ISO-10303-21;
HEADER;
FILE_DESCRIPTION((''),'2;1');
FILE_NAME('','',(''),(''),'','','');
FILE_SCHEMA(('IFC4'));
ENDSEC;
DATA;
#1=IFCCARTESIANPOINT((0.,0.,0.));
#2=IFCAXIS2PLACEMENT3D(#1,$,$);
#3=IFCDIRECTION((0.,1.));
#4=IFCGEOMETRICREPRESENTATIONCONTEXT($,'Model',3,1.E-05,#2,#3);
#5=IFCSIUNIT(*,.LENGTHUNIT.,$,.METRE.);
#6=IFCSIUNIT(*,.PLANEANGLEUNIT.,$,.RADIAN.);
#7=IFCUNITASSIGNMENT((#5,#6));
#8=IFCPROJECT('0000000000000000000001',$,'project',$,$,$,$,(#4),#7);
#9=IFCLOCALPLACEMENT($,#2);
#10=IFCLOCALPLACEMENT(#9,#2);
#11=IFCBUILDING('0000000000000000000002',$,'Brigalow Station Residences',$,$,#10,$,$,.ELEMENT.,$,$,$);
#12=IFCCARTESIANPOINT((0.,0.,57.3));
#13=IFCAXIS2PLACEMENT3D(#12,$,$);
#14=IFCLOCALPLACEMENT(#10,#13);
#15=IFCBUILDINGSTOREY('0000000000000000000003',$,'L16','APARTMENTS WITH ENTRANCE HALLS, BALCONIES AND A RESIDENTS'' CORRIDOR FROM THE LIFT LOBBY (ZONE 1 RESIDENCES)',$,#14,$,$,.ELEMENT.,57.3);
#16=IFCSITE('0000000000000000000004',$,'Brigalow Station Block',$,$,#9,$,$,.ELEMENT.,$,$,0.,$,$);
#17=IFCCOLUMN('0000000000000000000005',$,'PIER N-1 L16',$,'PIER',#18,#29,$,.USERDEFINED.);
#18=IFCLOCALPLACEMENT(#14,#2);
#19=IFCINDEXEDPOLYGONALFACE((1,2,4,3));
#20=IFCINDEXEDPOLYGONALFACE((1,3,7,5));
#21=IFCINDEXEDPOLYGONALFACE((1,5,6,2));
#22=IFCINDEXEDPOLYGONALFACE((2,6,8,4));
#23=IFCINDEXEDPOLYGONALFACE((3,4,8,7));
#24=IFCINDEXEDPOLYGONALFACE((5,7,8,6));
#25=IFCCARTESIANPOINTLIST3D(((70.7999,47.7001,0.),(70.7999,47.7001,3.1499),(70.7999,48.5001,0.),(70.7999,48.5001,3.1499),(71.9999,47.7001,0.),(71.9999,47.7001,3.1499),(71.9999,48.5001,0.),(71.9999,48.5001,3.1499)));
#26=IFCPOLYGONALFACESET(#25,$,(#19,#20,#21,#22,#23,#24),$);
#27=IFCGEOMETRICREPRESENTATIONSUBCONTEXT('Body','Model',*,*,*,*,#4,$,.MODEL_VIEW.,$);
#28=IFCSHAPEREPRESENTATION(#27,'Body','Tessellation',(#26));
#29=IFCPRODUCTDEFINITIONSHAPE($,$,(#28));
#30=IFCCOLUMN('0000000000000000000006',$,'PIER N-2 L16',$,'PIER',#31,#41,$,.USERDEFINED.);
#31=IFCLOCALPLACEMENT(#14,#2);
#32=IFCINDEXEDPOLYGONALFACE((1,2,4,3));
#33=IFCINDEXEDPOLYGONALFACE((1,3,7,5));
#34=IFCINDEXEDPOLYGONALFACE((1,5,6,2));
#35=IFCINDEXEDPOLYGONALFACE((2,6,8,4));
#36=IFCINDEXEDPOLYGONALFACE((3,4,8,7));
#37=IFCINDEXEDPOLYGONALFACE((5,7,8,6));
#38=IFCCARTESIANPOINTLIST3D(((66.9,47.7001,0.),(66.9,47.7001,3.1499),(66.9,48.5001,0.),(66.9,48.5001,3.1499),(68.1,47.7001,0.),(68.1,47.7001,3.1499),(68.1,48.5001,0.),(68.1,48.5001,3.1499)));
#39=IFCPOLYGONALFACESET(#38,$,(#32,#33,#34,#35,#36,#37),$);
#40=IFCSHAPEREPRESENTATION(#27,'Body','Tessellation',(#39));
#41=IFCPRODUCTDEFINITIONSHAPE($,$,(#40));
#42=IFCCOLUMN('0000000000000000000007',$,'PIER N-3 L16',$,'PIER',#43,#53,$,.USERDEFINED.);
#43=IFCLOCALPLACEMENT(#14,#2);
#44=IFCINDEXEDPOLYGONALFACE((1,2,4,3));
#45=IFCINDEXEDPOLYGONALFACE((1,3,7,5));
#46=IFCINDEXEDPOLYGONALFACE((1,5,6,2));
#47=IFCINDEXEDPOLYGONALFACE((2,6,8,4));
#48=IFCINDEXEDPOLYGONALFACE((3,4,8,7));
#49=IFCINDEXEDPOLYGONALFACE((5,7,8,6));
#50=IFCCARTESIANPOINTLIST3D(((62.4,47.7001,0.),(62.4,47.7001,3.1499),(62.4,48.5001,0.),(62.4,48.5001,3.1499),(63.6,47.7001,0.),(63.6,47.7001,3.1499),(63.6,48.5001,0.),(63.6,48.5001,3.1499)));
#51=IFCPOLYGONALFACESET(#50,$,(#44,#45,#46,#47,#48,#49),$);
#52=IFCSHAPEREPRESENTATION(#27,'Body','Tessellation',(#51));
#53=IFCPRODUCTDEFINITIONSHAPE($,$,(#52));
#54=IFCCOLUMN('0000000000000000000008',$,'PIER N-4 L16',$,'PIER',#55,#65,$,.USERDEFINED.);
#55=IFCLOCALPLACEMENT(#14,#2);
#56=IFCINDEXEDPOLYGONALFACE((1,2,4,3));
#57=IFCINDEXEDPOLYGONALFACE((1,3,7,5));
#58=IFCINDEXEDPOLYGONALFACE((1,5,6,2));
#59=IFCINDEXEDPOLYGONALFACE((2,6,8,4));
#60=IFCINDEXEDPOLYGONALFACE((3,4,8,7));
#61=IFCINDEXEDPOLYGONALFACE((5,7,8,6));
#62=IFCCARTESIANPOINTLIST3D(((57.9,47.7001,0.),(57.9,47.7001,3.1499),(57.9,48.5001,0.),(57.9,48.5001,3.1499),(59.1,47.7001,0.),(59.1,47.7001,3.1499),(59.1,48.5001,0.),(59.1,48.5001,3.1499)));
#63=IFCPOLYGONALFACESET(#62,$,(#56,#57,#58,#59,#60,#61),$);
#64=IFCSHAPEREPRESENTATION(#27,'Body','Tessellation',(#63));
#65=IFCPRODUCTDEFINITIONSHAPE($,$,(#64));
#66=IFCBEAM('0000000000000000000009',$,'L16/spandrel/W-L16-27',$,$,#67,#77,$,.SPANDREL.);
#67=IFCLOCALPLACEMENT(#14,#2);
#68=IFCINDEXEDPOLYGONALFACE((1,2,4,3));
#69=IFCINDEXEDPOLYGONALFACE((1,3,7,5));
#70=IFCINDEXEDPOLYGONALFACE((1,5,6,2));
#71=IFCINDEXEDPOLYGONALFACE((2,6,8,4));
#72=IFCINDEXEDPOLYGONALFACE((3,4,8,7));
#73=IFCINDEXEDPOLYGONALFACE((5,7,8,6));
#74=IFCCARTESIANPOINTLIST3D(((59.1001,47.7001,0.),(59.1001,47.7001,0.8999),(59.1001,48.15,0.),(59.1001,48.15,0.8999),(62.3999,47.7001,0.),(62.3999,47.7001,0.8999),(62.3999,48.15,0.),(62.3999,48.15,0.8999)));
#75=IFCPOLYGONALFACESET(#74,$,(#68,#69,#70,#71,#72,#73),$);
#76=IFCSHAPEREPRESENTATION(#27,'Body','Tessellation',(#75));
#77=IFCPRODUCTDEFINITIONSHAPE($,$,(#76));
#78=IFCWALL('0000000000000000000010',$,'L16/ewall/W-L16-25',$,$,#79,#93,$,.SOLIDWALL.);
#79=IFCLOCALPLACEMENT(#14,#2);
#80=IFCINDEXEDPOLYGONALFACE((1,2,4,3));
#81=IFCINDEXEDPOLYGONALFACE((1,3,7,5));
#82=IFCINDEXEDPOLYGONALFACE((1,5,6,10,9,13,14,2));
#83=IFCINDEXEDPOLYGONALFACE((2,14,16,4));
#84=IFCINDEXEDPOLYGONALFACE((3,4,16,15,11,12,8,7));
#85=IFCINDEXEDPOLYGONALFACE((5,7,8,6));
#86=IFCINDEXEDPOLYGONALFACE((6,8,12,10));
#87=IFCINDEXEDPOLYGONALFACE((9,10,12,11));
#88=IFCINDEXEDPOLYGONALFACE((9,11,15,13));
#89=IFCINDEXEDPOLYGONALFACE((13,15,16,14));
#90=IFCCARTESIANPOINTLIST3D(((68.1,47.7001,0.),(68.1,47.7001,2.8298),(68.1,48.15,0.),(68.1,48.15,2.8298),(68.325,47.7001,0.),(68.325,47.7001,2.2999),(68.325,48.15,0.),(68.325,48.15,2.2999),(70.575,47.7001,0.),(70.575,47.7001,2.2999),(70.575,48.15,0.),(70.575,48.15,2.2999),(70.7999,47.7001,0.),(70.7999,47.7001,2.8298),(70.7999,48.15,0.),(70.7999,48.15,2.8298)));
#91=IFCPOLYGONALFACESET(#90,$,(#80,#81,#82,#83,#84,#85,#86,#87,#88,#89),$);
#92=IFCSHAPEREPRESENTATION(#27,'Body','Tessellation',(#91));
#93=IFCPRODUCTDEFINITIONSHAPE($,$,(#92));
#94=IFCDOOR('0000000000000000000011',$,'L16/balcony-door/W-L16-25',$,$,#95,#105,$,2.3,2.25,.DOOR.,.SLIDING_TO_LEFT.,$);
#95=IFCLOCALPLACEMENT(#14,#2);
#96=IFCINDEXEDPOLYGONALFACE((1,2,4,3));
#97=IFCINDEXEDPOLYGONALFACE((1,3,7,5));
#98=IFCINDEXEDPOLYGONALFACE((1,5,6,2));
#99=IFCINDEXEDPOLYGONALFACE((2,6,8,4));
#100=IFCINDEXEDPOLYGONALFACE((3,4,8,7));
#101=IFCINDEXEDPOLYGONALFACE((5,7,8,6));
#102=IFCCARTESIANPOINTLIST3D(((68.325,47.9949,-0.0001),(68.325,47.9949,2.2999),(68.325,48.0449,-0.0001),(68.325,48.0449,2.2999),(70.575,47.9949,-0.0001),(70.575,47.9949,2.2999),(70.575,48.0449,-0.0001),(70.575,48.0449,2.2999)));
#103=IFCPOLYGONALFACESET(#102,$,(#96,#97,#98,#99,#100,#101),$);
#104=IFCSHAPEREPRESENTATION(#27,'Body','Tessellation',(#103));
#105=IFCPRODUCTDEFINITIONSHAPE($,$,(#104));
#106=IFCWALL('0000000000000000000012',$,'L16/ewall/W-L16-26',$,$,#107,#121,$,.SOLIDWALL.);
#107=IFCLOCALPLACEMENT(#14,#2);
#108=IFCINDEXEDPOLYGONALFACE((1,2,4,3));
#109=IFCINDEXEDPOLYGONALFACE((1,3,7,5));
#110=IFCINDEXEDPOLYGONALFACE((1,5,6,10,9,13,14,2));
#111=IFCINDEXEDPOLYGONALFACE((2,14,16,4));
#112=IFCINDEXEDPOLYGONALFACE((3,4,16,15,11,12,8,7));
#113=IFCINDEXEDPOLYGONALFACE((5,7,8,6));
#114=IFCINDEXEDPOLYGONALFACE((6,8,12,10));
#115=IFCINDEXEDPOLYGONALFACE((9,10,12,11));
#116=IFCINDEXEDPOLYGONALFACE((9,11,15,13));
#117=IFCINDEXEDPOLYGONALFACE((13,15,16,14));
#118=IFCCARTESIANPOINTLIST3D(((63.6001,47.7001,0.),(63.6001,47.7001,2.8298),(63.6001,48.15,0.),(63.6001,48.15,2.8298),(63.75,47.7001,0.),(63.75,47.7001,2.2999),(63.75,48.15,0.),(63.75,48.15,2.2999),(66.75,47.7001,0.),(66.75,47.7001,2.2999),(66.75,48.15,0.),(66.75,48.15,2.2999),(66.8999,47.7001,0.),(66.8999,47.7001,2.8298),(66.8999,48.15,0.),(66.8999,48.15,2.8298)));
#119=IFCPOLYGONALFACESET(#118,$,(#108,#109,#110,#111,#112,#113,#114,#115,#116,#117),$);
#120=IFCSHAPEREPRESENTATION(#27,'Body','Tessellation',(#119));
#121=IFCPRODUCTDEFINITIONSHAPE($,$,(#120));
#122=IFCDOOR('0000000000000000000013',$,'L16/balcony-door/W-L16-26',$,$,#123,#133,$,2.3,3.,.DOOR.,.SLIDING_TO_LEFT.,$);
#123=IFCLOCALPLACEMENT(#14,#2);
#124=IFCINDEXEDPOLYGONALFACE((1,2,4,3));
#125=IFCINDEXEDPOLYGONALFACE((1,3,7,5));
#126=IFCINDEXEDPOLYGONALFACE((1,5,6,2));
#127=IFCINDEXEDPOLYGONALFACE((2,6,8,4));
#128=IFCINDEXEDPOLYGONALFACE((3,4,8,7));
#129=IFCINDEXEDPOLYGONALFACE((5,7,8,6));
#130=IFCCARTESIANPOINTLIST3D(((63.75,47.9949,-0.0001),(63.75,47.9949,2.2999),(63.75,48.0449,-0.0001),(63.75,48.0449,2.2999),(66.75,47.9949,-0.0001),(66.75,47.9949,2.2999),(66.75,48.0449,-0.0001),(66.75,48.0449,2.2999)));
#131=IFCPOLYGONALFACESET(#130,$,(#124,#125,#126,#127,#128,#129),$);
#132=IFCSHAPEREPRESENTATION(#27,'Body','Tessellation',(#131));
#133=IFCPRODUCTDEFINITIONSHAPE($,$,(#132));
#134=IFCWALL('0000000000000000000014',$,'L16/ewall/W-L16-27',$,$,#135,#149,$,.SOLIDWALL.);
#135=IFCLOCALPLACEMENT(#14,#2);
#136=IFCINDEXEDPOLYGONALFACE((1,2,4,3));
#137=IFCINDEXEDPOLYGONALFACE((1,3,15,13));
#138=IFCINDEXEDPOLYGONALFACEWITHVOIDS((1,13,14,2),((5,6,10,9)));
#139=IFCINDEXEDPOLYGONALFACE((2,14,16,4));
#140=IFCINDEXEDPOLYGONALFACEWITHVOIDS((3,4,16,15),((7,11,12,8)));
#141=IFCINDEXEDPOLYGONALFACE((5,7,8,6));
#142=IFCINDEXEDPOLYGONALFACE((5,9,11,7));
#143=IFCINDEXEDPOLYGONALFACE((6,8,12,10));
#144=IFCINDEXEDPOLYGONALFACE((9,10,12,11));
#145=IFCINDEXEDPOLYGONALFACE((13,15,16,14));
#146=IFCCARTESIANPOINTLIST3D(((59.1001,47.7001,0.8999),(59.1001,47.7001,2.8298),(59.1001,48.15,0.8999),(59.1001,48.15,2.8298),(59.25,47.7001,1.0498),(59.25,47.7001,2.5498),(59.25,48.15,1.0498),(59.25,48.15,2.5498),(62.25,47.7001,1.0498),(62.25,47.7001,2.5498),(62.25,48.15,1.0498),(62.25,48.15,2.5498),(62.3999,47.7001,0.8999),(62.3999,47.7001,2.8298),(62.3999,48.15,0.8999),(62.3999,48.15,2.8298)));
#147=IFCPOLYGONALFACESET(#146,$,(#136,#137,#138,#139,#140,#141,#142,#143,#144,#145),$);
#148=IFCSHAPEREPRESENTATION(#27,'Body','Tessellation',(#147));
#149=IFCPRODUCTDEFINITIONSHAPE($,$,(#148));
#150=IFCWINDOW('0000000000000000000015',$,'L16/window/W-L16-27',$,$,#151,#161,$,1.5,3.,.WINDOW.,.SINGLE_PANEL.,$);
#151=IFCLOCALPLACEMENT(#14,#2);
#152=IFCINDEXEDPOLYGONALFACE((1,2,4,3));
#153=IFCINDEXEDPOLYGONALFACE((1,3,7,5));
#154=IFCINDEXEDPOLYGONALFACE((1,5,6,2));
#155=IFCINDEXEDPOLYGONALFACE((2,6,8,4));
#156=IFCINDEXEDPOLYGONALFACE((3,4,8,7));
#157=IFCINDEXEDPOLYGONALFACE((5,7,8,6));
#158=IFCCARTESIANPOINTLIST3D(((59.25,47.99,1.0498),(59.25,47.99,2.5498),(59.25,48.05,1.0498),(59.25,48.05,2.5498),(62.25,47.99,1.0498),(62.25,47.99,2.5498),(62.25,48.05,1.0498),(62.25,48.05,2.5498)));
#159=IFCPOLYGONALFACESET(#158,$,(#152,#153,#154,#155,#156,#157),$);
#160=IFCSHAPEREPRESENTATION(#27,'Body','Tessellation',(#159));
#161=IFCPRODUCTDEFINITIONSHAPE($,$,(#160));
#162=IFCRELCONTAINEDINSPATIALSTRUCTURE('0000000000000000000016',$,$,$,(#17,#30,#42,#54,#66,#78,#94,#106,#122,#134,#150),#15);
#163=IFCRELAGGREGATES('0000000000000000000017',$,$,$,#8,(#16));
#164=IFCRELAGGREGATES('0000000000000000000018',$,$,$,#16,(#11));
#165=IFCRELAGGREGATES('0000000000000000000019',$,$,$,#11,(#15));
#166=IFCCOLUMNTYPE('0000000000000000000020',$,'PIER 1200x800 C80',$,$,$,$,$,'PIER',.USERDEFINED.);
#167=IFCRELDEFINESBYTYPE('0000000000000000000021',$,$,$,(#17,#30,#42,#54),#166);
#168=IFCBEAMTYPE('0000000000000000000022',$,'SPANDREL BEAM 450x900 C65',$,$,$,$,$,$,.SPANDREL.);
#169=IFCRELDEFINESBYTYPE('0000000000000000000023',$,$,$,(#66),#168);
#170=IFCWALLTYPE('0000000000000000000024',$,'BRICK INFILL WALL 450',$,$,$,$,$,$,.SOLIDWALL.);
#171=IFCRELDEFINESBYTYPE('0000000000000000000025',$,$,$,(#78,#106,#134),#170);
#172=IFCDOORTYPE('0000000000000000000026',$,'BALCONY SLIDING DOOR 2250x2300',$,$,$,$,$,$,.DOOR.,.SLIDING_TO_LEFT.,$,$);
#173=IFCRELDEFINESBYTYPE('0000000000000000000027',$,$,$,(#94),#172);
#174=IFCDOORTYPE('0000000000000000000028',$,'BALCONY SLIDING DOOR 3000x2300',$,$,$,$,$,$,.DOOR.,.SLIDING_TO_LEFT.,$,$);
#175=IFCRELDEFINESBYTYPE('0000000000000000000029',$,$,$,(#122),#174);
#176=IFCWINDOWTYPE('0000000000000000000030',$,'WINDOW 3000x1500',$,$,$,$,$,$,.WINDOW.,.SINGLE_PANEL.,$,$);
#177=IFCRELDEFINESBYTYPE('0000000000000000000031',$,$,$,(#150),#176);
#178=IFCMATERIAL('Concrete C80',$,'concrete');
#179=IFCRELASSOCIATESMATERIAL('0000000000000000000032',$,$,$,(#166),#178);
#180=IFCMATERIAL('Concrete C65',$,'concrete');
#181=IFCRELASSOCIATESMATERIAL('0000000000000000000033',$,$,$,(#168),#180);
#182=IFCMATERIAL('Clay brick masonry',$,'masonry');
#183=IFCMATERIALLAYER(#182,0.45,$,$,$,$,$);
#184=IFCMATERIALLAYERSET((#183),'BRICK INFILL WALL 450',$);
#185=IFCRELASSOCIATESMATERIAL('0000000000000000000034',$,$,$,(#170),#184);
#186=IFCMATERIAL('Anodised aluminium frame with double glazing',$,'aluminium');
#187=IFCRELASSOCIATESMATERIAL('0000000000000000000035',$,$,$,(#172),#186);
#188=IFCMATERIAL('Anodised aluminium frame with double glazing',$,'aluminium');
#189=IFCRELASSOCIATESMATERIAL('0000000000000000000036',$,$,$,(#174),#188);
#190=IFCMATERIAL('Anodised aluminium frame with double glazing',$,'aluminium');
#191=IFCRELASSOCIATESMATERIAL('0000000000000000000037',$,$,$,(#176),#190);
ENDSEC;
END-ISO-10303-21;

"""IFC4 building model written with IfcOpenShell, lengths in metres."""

from ifc_helpers import new_model, si_unit, direction, frame, frame_2d, origin, origin_2d, place, context, subcontext, project, spatial, rectangle, extrude, material, layer, layer_set, material_profile, profile_set, type_object, element, fill, save


model = new_model("IFC4")

# Units and contexts
model_context = context("Model", 3, precision=1e-05, world=origin(), true_north=direction((0.0, 1.0)))
body_context = subcontext(model_context, "Body", "Model", "MODEL_VIEW")
ifc_project = project(units=[si_unit("LENGTHUNIT", "METRE"), si_unit("PLANEANGLEUNIT", "RADIAN")], contexts=[model_context])

# Site, building, storey
site_placement = place(None, origin())
site = spatial("IfcSite", under=ifc_project, at=site_placement, Name="Brigalow Station Block", CompositionType="ELEMENT", RefElevation=0.0)
building_placement = place(site_placement, origin())
building = spatial("IfcBuilding", under=site, at=building_placement, Name="Brigalow Station Residences", CompositionType="ELEMENT")
storey_placement = place(building_placement, frame((0.0, 0.0, 57.3)))
storey = spatial("IfcBuildingStorey", under=building, at=storey_placement, Name="L16", Description="APARTMENTS WITH ENTRANCE HALLS, BALCONIES AND A RESIDENTS' CORRIDOR FROM THE LIFT LOBBY (ZONE 1 RESIDENCES)", CompositionType="ELEMENT", Elevation=57.3)

# Columns
ifc_material_1 = material(Name="Concrete C80", Category="concrete")
ifc_material_profile_1 = material_profile(ifc_material_1, rectangle(XDim=1.2, YDim=0.8, at=origin_2d()), Name="RC1200x800")
ifc_profile_set_1 = profile_set([ifc_material_profile_1], Name="Concrete C80")
column_type = type_object("IfcColumnType", Name="PIER 1200x800 C80", ElementType="PIER", PredefinedType="USERDEFINED", material=ifc_profile_set_1)
for number, where, z_axis, x_axis, name in (
    (1, (71.3999, 48.1001, 0.0), (0.0, 0.0, 1.0), (-1.0, 0.0, 0.0), "PIER N-1 L16"),
    (2, (67.5, 48.1001, 0.0), (0.0, 0.0, 1.0), (-1.0, 0.0, 0.0), "PIER N-2 L16"),
    (3, (63.0, 48.1001, 0.0), (0.0, 0.0, 1.0), (-1.0, 0.0, 0.0), "PIER N-3 L16"),
    (4, (58.5, 48.1001, 0.0), (0.0, 0.0, 1.0), (-1.0, 0.0, 0.0), "PIER N-4 L16"),
):
    element("IfcColumn", number, at=place(storey_placement, frame(where, z_axis=z_axis, x_axis=x_axis)), inside=storey, type_object=column_type, Name=name, ObjectType="PIER", PredefinedType="USERDEFINED", context=body_context, shape_type="SweptSolid", body=[
        extrude(rectangle(XDim=1.2, YDim=0.8, at=origin_2d()), origin(), (0.0, 0.0, 1.0), 3.1499),
    ])

# Beam
ifc_material_2 = material(Name="Concrete C65", Category="concrete")
ifc_material_profile_2 = material_profile(ifc_material_2, rectangle(XDim=0.45, YDim=0.8999, at=origin_2d()), Name="RC450x900")
ifc_profile_set_2 = profile_set([ifc_material_profile_2], Name="Concrete C65")
beam_type = type_object("IfcBeamType", Name="SPANDREL BEAM 450x900 C65", PredefinedType="SPANDREL", material=ifc_profile_set_2)
beam_placement = place(storey_placement, frame((62.3999, 47.925, 0.45), z_axis=(-1.0, 0.0, 0.0), x_axis=(0.0, -1.0, 0.0)))
element("IfcBeam", 5, at=beam_placement, inside=storey, type_object=beam_type, Name="L16/spandrel/W-L16-27", PredefinedType="SPANDREL", context=body_context, shape_type="SweptSolid", body=[
    extrude(rectangle(XDim=0.45, YDim=0.8999, at=origin_2d()), origin(), (0.0, 0.0, 1.0), 3.2998),
])

# Walls, openings, doors
ifc_material_3 = material(Name="Clay brick masonry", Category="masonry")
ifc_layer_1 = layer(ifc_material_3, 0.45)
ifc_layer_set_1 = layer_set([ifc_layer_1], Name="BRICK INFILL WALL 450")
wall_type_1 = type_object("IfcWallType", Name="BRICK INFILL WALL 450", PredefinedType="SOLIDWALL", material=ifc_layer_set_1)
wall_1_placement = place(storey_placement, frame((70.8, 47.925, 0.0), z_axis=(0.0, 0.0, 1.0), x_axis=(-1.0, 0.0, 0.0)))
wall_1 = element("IfcWall", 6, at=wall_1_placement, inside=storey, type_object=wall_type_1, Name="L16/ewall/W-L16-25", PredefinedType="SOLIDWALL", context=body_context, shape_type="SweptSolid", body=[
    extrude(rectangle(XDim=2.7, YDim=0.45, at=frame_2d((1.3501, 0.0))), origin(), (0.0, 0.0, 1.0), 2.8298),
])
opening_1_placement = place(wall_1_placement, frame((0.2251, 0.0, 0.0)))
opening_1 = element("IfcOpeningElement", 7, at=opening_1_placement, cuts=wall_1, PredefinedType="OPENING", context=body_context, shape_type="SweptSolid", body=[
    extrude(rectangle(XDim=2.25, YDim=2.3, at=frame_2d((1.125, 1.1499))), frame((0.0, 0.2349, 0.0), z_axis=(0.0, -1.0, 0.0), x_axis=(1.0, 0.0, 0.0)), (0.0, 0.0, 1.0), 0.47),
])
ifc_material_4 = material(Name="Anodised aluminium frame with double glazing", Category="aluminium")
door_type_1 = type_object("IfcDoorType", Name="BALCONY SLIDING DOOR 2250x2300", OperationType="SLIDING_TO_LEFT", PredefinedType="DOOR", material=ifc_material_4)
door_1_placement = place(opening_1_placement, origin())
door_1 = element("IfcDoor", 8, at=door_1_placement, inside=storey, type_object=door_type_1, Name="L16/balcony-door/W-L16-25", OperationType="SLIDING_TO_LEFT", OverallHeight=2.3, OverallWidth=2.25, PredefinedType="DOOR", context=body_context, shape_type="SweptSolid", body=[
    extrude(rectangle(XDim=2.25, YDim=2.3, at=frame_2d((1.125, 1.1499))), frame((0.0, -0.0698, 0.0), z_axis=(0.0, -1.0, 0.0), x_axis=(1.0, 0.0, 0.0)), (0.0, 0.0, 1.0), 0.05),
])
fill(opening_1, door_1)
wall_2_placement = place(storey_placement, frame((66.8999, 47.925, 0.0), z_axis=(0.0, 0.0, 1.0), x_axis=(-1.0, 0.0, 0.0)))
wall_2 = element("IfcWall", 9, at=wall_2_placement, inside=storey, type_object=wall_type_1, Name="L16/ewall/W-L16-26", PredefinedType="SOLIDWALL", context=body_context, shape_type="SweptSolid", body=[
    extrude(rectangle(XDim=3.2998, YDim=0.45, at=frame_2d((1.6499, 0.0))), origin(), (0.0, 0.0, 1.0), 2.8298),
])
opening_2_placement = place(wall_2_placement, frame((0.1499, 0.0, 0.0)))
opening_2 = element("IfcOpeningElement", 10, at=opening_2_placement, cuts=wall_2, PredefinedType="OPENING", context=body_context, shape_type="SweptSolid", body=[
    extrude(rectangle(XDim=3.0, YDim=2.3, at=frame_2d((1.5, 1.1499))), frame((0.0, 0.2349, 0.0), z_axis=(0.0, -1.0, 0.0), x_axis=(1.0, 0.0, 0.0)), (0.0, 0.0, 1.0), 0.47),
])
ifc_material_5 = material(Name="Anodised aluminium frame with double glazing", Category="aluminium")
door_type_2 = type_object("IfcDoorType", Name="BALCONY SLIDING DOOR 3000x2300", OperationType="SLIDING_TO_LEFT", PredefinedType="DOOR", material=ifc_material_5)
door_2_placement = place(opening_2_placement, origin())
door_2 = element("IfcDoor", 11, at=door_2_placement, inside=storey, type_object=door_type_2, Name="L16/balcony-door/W-L16-26", OperationType="SLIDING_TO_LEFT", OverallHeight=2.3, OverallWidth=3.0, PredefinedType="DOOR", context=body_context, shape_type="SweptSolid", body=[
    extrude(rectangle(XDim=3.0, YDim=2.3, at=frame_2d((1.5, 1.1499))), frame((0.0, -0.0698, 0.0), z_axis=(0.0, -1.0, 0.0), x_axis=(1.0, 0.0, 0.0)), (0.0, 0.0, 1.0), 0.05),
])
fill(opening_2, door_2)

# Wall, opening, window
wall_3_placement = place(storey_placement, frame((62.3999, 47.925, 0.8999), z_axis=(0.0, 0.0, 1.0), x_axis=(-1.0, 0.0, 0.0)))
wall_3 = element("IfcWall", 12, at=wall_3_placement, inside=storey, type_object=wall_type_1, Name="L16/ewall/W-L16-27", PredefinedType="SOLIDWALL", context=body_context, shape_type="SweptSolid", body=[
    extrude(rectangle(XDim=3.2998, YDim=0.45, at=frame_2d((1.6499, 0.0))), origin(), (0.0, 0.0, 1.0), 1.9299),
])
opening_3_placement = place(wall_3_placement, frame((0.1499, 0.0, 0.1499)))
opening_3 = element("IfcOpeningElement", 13, at=opening_3_placement, cuts=wall_3, PredefinedType="OPENING", context=body_context, shape_type="SweptSolid", body=[
    extrude(rectangle(XDim=3.0, YDim=1.5, at=frame_2d((1.5, 0.75))), frame((0.0, 0.2349, 0.0), z_axis=(0.0, -1.0, 0.0), x_axis=(1.0, 0.0, 0.0)), (0.0, 0.0, 1.0), 0.47),
])
ifc_material_6 = material(Name="Anodised aluminium frame with double glazing", Category="aluminium")
window_type = type_object("IfcWindowType", Name="WINDOW 3000x1500", PartitioningType="SINGLE_PANEL", PredefinedType="WINDOW", material=ifc_material_6)
window_1_placement = place(opening_3_placement, origin())
window_1 = element("IfcWindow", 14, at=window_1_placement, inside=storey, type_object=window_type, Name="L16/window/W-L16-27", OverallHeight=1.5, OverallWidth=3.0, PartitioningType="SINGLE_PANEL", PredefinedType="WINDOW", context=body_context, shape_type="SweptSolid", body=[
    extrude(rectangle(XDim=3.0, YDim=1.5, at=frame_2d((1.5, 0.75))), frame((0.0, -0.0649, 0.0), z_axis=(0.0, -1.0, 0.0), x_axis=(1.0, 0.0, 0.0)), (0.0, 0.0, 1.0), 0.0601),
])
fill(opening_3, window_1)

save(model, "model.ifc")
